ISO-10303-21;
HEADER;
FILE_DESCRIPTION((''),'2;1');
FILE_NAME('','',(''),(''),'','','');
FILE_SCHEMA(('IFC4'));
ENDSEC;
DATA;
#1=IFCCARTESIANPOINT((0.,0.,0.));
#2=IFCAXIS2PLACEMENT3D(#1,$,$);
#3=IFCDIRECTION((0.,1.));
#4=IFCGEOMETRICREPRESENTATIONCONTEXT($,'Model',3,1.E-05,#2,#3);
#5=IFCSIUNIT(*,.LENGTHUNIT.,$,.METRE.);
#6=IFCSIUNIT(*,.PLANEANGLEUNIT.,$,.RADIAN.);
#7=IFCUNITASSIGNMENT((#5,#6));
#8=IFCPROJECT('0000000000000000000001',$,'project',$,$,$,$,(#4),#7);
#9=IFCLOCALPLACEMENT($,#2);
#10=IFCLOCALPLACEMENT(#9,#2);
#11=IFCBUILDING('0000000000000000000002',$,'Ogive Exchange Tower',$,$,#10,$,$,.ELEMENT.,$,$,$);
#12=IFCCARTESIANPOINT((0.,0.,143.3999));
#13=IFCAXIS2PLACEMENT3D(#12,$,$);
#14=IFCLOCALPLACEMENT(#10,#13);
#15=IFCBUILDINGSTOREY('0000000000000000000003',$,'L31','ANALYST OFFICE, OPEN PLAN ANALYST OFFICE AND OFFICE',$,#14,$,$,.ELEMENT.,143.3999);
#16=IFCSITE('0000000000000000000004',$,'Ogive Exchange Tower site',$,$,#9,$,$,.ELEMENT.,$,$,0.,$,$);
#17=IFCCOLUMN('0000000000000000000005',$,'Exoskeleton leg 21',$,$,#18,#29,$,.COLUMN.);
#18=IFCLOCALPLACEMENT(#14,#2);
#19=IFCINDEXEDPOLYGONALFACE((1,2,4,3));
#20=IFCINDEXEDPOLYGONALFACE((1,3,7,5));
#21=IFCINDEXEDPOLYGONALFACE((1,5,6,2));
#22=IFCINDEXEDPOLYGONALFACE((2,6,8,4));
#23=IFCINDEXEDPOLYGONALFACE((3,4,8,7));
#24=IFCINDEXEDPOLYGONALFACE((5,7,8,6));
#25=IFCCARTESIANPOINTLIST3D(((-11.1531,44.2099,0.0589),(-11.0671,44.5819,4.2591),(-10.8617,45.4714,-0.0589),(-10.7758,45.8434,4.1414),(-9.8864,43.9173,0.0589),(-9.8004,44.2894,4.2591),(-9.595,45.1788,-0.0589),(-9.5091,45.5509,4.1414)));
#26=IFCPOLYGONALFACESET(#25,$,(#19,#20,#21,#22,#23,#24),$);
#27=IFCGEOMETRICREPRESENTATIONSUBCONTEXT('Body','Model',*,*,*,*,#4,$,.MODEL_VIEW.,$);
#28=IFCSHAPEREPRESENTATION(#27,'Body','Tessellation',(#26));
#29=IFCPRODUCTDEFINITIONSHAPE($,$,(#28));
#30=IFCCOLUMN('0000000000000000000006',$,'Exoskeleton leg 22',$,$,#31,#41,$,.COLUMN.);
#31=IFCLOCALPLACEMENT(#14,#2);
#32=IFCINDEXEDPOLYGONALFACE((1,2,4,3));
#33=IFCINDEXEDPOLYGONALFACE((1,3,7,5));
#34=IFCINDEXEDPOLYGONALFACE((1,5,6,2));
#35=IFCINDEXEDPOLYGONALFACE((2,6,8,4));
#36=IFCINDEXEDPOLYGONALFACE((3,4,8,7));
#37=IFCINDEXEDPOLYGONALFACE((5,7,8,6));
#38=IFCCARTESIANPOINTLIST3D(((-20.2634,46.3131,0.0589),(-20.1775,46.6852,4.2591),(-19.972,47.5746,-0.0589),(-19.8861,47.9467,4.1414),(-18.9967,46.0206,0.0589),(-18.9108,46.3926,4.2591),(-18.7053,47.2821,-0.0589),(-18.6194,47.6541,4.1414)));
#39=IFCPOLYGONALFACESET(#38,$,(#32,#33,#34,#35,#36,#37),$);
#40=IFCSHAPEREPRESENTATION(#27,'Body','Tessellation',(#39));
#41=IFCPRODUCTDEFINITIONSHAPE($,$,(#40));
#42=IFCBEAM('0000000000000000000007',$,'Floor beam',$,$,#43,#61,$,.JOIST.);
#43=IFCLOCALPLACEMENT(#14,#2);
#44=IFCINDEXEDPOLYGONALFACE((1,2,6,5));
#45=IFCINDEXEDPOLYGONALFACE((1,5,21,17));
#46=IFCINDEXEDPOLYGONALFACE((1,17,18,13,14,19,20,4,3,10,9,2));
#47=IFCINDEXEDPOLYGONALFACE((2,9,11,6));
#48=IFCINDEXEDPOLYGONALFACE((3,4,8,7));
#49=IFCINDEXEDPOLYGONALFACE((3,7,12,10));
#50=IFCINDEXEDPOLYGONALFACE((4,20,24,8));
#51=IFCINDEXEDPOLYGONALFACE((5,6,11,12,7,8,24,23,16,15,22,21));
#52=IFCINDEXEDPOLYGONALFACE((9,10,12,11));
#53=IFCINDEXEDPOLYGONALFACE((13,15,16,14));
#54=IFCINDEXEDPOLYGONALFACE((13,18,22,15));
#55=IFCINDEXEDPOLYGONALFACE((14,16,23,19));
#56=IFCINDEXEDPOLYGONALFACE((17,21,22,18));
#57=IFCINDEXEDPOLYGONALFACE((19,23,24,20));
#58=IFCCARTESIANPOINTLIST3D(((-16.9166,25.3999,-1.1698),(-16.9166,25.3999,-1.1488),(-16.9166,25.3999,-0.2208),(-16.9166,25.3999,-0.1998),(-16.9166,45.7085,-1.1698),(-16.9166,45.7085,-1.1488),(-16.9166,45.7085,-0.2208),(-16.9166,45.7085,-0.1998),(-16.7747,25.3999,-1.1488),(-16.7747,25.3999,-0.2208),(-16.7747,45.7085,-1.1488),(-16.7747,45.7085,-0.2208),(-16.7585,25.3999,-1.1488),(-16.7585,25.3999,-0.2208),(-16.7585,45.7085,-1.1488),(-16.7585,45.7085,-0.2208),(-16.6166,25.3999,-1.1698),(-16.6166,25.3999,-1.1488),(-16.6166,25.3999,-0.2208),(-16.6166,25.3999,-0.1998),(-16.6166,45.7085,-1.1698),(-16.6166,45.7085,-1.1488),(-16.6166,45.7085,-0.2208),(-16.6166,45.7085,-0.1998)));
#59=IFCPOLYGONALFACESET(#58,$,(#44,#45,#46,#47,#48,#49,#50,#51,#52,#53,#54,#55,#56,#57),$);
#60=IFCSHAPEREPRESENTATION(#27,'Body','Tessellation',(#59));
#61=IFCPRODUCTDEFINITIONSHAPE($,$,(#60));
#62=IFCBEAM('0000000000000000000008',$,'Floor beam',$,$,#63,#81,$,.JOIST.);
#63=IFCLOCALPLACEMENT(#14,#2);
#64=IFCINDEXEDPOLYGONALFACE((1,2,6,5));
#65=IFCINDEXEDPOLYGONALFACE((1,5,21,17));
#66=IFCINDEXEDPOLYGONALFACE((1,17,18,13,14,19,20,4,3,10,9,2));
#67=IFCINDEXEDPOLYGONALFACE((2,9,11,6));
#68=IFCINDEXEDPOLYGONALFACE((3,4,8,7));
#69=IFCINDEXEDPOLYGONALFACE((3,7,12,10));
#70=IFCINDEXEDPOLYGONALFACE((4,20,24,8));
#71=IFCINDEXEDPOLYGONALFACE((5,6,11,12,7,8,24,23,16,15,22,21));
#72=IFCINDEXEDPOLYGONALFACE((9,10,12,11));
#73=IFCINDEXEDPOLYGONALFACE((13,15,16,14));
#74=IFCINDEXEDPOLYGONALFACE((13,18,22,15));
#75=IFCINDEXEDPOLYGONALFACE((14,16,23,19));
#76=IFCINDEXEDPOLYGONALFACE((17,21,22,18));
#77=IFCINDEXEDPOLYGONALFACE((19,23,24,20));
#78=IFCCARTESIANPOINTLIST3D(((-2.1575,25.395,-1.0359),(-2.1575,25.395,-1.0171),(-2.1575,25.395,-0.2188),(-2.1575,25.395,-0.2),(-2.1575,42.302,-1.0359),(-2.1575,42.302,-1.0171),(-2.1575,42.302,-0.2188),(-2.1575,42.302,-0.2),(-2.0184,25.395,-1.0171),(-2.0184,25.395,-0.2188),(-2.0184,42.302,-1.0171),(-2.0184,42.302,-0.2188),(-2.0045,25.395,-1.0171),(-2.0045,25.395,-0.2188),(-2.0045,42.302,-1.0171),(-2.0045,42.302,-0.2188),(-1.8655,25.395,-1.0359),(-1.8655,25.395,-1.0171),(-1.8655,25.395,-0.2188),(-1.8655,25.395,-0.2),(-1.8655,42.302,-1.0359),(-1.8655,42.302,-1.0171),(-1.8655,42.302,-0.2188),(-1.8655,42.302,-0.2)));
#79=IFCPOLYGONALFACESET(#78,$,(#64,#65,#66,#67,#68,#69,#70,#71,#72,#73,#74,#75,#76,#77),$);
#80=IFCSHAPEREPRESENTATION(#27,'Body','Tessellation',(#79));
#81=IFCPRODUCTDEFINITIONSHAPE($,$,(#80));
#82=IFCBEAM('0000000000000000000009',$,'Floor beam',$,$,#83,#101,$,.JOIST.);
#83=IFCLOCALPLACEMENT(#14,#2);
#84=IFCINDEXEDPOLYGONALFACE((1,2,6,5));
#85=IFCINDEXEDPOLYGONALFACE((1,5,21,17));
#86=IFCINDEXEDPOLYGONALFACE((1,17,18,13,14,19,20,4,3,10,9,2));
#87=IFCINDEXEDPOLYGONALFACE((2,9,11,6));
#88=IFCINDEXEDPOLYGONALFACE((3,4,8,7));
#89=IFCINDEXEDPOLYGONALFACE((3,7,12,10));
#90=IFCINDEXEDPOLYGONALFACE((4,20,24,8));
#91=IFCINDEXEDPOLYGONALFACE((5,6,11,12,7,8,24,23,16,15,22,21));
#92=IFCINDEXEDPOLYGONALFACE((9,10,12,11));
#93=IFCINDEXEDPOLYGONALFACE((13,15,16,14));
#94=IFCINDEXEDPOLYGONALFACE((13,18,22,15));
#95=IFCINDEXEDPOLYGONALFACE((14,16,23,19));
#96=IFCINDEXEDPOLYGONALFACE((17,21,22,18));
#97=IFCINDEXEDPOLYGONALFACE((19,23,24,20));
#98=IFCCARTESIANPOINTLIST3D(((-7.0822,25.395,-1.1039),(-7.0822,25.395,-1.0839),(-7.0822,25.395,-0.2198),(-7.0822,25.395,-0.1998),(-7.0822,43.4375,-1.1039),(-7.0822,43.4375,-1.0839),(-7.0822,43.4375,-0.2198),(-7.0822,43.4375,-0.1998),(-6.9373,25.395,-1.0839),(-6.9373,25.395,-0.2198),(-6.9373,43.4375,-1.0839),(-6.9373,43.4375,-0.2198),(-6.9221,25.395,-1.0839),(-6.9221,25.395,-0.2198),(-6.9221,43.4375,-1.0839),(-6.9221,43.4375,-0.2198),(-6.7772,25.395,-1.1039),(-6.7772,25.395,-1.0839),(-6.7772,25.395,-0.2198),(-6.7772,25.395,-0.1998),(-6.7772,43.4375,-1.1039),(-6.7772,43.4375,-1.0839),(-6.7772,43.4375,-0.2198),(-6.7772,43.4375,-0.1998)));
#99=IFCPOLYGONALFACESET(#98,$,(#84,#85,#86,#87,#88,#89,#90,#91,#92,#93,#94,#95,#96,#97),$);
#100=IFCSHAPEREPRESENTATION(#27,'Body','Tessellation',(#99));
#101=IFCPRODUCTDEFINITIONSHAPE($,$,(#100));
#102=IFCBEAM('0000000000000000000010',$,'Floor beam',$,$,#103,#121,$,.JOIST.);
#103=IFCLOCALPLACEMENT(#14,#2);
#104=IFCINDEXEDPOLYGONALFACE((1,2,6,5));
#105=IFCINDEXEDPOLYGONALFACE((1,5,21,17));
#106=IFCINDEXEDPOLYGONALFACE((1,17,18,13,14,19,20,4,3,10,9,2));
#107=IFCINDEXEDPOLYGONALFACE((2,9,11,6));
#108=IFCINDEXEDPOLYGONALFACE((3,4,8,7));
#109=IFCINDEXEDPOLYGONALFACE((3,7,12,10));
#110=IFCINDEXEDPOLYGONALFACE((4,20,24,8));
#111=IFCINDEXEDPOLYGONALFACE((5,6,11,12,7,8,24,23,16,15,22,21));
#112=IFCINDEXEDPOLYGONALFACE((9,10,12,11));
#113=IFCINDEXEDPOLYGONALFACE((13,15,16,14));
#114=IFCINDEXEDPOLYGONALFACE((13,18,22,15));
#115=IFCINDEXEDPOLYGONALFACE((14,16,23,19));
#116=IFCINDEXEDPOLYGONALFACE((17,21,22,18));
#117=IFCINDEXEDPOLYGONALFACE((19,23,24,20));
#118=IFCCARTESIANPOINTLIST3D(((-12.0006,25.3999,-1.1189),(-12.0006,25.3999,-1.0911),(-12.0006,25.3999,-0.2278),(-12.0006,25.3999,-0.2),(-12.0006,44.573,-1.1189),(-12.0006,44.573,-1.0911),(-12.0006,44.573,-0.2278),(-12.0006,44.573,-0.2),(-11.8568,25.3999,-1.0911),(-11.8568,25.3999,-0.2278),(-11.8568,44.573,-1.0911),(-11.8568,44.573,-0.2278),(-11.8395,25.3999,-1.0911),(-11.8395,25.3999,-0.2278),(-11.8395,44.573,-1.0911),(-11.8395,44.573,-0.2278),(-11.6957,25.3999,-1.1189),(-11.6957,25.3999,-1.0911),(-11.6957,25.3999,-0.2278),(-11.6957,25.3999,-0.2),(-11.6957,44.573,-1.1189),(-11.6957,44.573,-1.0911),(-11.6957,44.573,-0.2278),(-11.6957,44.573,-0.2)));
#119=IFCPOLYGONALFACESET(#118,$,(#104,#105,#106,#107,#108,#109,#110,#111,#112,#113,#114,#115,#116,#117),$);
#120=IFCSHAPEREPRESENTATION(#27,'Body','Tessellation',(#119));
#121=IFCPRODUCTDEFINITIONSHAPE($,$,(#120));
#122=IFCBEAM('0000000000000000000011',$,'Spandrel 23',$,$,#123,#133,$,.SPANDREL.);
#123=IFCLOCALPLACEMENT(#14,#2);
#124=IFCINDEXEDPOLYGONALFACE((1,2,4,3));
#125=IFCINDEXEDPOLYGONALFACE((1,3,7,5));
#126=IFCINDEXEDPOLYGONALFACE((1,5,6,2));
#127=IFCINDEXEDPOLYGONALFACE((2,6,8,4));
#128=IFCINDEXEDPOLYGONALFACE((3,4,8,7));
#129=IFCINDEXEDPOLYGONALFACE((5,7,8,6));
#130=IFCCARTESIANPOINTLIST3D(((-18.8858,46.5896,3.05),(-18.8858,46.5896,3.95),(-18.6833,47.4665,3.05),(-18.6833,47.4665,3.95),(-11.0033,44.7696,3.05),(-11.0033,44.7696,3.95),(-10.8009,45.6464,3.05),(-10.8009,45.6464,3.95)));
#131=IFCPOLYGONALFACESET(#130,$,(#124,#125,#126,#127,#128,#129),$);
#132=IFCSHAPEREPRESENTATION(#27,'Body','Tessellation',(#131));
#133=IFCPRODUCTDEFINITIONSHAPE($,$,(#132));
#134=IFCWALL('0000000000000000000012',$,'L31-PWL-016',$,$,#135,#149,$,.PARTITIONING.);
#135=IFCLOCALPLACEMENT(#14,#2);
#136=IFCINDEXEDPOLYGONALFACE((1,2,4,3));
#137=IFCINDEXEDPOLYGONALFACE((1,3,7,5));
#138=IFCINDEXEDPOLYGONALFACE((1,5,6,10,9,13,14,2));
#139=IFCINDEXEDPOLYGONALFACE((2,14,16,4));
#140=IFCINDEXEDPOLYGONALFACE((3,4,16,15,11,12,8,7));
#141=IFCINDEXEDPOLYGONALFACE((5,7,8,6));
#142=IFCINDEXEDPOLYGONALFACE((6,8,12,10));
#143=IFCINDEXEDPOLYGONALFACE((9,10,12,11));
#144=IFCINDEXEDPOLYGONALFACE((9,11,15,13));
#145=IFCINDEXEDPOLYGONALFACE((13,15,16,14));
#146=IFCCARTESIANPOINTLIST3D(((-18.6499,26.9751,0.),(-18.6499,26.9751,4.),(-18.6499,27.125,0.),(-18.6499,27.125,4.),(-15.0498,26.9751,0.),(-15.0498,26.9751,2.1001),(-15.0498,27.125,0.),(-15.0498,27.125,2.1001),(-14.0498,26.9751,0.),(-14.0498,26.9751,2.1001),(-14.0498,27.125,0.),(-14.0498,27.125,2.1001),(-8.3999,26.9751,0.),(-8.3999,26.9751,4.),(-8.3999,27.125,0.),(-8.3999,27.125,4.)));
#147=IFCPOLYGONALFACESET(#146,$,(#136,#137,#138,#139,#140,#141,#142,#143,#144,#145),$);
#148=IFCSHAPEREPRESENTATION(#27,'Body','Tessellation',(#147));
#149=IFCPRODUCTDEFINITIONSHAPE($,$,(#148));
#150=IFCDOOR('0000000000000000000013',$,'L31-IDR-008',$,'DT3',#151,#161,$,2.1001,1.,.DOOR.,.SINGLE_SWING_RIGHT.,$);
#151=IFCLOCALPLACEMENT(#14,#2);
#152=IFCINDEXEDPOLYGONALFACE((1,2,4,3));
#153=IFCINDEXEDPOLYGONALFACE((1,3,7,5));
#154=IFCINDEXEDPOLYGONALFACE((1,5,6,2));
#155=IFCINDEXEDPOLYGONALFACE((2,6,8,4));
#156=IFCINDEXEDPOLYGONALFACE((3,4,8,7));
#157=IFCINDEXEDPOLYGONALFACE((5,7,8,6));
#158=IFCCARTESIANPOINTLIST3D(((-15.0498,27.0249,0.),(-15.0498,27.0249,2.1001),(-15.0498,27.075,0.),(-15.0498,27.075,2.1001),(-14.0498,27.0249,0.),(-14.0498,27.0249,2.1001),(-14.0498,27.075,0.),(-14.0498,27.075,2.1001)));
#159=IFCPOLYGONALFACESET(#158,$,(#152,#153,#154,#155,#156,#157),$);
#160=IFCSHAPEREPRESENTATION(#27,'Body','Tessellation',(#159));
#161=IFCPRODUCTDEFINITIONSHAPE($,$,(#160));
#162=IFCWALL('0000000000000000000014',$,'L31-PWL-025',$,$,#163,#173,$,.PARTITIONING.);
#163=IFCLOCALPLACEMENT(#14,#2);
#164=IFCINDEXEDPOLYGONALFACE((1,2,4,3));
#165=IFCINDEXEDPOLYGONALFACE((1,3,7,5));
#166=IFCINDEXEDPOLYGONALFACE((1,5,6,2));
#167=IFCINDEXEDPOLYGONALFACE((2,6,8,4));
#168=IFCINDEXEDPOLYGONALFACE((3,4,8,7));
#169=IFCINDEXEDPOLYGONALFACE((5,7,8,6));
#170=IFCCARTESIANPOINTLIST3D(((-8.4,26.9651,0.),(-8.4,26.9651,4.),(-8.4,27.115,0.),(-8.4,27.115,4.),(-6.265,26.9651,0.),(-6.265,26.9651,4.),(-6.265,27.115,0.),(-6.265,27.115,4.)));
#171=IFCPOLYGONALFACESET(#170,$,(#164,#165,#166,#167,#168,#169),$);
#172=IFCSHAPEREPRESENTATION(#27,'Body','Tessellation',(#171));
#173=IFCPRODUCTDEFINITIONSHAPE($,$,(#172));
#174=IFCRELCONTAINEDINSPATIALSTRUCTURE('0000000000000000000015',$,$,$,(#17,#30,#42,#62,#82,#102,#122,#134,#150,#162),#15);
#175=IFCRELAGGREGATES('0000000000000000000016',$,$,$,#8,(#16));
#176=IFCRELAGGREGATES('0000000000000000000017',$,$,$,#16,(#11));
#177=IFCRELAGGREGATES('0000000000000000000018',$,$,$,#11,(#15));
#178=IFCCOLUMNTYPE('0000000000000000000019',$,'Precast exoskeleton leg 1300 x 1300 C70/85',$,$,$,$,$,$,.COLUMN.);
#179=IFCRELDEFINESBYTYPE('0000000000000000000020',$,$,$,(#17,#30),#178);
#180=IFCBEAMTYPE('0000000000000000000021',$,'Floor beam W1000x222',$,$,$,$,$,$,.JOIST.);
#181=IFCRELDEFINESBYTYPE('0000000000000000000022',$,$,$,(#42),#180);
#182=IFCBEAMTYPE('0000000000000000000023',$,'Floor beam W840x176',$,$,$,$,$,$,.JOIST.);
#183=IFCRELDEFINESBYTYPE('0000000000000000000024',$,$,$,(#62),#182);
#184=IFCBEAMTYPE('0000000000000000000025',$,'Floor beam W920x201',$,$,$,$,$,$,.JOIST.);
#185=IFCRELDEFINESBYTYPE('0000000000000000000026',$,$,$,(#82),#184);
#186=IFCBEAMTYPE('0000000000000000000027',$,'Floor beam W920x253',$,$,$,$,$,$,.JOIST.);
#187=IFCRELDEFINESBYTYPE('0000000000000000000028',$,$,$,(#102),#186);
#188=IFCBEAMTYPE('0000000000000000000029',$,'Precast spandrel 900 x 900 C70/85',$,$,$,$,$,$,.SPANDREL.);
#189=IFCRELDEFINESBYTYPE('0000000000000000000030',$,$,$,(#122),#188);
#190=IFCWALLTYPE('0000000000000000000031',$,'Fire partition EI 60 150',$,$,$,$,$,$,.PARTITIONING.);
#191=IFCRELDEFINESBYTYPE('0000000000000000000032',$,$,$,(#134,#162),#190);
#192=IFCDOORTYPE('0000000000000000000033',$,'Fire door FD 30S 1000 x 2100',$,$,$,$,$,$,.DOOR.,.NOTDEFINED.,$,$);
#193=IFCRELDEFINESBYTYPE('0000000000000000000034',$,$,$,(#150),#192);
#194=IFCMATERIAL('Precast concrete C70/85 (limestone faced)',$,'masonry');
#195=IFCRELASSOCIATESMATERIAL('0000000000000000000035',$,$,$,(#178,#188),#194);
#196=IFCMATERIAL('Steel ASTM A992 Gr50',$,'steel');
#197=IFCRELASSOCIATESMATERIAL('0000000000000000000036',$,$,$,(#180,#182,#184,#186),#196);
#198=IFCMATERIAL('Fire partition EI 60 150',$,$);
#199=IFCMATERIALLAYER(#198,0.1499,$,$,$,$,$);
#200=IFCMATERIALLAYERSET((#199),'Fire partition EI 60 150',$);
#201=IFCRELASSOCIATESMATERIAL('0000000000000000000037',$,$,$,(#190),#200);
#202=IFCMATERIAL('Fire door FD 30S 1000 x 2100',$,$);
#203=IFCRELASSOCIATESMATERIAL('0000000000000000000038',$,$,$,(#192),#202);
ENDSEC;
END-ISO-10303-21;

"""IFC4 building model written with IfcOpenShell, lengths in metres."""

from ifc_helpers import new_model, si_unit, direction, frame, frame_2d, origin, origin_2d, place, context, subcontext, project, spatial, rectangle, i_section, extrude, material, layer, layer_set, material_profile, profile_set, type_object, element, fill, save


model = new_model("IFC4")

# Units and contexts
model_context = context("Model", 3, precision=1e-05, world=origin(), true_north=direction((0.0, 1.0)))
body_context = subcontext(model_context, "Body", "Model", "MODEL_VIEW")
ifc_project = project(units=[si_unit("LENGTHUNIT", "METRE"), si_unit("PLANEANGLEUNIT", "RADIAN")], contexts=[model_context])

# Site, building, storey
site_placement = place(None, origin())
site = spatial("IfcSite", under=ifc_project, at=site_placement, Name="Ogive Exchange Tower site", CompositionType="ELEMENT", RefElevation=0.0)
building_placement = place(site_placement, origin())
building = spatial("IfcBuilding", under=site, at=building_placement, Name="Ogive Exchange Tower", CompositionType="ELEMENT")
storey_placement = place(building_placement, frame((0.0, 0.0, 143.3999)))
storey = spatial("IfcBuildingStorey", under=building, at=storey_placement, Name="L31", Description="ANALYST OFFICE, OPEN PLAN ANALYST OFFICE AND OFFICE", CompositionType="ELEMENT", Elevation=143.3999)

# Columns
ifc_material_1 = material(Name="Precast concrete C70/85 (limestone faced)", Category="masonry")
ifc_material_profile_1 = material_profile(ifc_material_1, rectangle(XDim=1.3, YDim=1.3, at=origin_2d()), Name="1300 x 1300")
ifc_profile_set_1 = profile_set([ifc_material_profile_1], Name="Precast concrete C70/85 (limestone faced)")
column_type = type_object("IfcColumnType", Name="Precast exoskeleton leg 1300 x 1300 C70/85", PredefinedType="COLUMN", material=ifc_profile_set_1)
for number, where, z_axis, x_axis, name in (
    (1, (-10.374, 44.6943, 0.0), (0.020376, 0.08822, 0.995893), (-0.974348, 0.225046, 0.0), "Exoskeleton leg 21"),
    (2, (-19.4844, 46.7976, 0.0), (0.020376, 0.08822, 0.995893), (-0.974348, 0.225046, 0.0), "Exoskeleton leg 22"),
):
    element("IfcColumn", number, at=place(storey_placement, frame(where, z_axis=z_axis, x_axis=x_axis)), inside=storey, type_object=column_type, Name=name, PredefinedType="COLUMN", context=body_context, shape_type="SweptSolid", body=[
        extrude(rectangle(XDim=1.3, YDim=1.3, at=origin_2d()), origin(), (0.0, 0.0, 1.0), 4.2175),
    ])

# Beams
ifc_material_2 = material(Name="Steel ASTM A992 Gr50", Category="steel")
ifc_material_profile_2 = material_profile(ifc_material_2, i_section(OverallWidth=0.3, OverallDepth=0.97, WebThickness=0.0161, FlangeThickness=0.021, at=origin_2d()), Name="W1000x222")
ifc_profile_set_2 = profile_set([ifc_material_profile_2], Name="Steel ASTM A992 Gr50")
beam_type_1 = type_object("IfcBeamType", Name="Floor beam W1000x222", PredefinedType="JOIST", material=ifc_profile_set_2)
beam_1_placement = place(storey_placement, frame((-16.7666, 25.3999, -0.6848), z_axis=(0.0, 1.0, 0.0), x_axis=(-1.0, 0.0, 0.0)))
element("IfcBeam", 3, at=beam_1_placement, inside=storey, type_object=beam_type_1, Name="Floor beam", PredefinedType="JOIST", context=body_context, shape_type="SweptSolid", body=[
    extrude(i_section(OverallWidth=0.3, OverallDepth=0.97, WebThickness=0.0161, FlangeThickness=0.021, at=origin_2d()), origin(), (0.0, 0.0, 1.0), 20.3086),
])
ifc_material_profile_3 = material_profile(ifc_material_2, i_section(OverallWidth=0.292, OverallDepth=0.8359, WebThickness=0.0139, FlangeThickness=0.0188, at=origin_2d()), Name="W840x176")
ifc_profile_set_3 = profile_set([ifc_material_profile_3], Name="Steel ASTM A992 Gr50")
beam_type_2 = type_object("IfcBeamType", Name="Floor beam W840x176", PredefinedType="JOIST", material=ifc_profile_set_3)
beam_2_placement = place(storey_placement, frame((-2.0115, 25.395, -0.6179), z_axis=(0.0, 1.0, 0.0), x_axis=(-1.0, 0.0, 0.0)))
element("IfcBeam", 4, at=beam_2_placement, inside=storey, type_object=beam_type_2, Name="Floor beam", PredefinedType="JOIST", context=body_context, shape_type="SweptSolid", body=[
    extrude(i_section(OverallWidth=0.292, OverallDepth=0.8359, WebThickness=0.0139, FlangeThickness=0.0188, at=origin_2d()), origin(), (0.0, 0.0, 1.0), 16.907),
])
ifc_material_profile_4 = material_profile(ifc_material_2, i_section(OverallWidth=0.3049, OverallDepth=0.9041, WebThickness=0.0151, FlangeThickness=0.02, at=origin_2d()), Name="W920x201")
ifc_profile_set_4 = profile_set([ifc_material_profile_4], Name="Steel ASTM A992 Gr50")
beam_type_3 = type_object("IfcBeamType", Name="Floor beam W920x201", PredefinedType="JOIST", material=ifc_profile_set_4)
beam_3_placement = place(storey_placement, frame((-6.9297, 25.395, -0.6519), z_axis=(0.0, 1.0, 0.0), x_axis=(-1.0, 0.0, 0.0)))
element("IfcBeam", 5, at=beam_3_placement, inside=storey, type_object=beam_type_3, Name="Floor beam", PredefinedType="JOIST", context=body_context, shape_type="SweptSolid", body=[
    extrude(i_section(OverallWidth=0.3049, OverallDepth=0.9041, WebThickness=0.0151, FlangeThickness=0.02, at=origin_2d()), origin(), (0.0, 0.0, 1.0), 18.0425),
])
ifc_material_profile_5 = material_profile(ifc_material_2, i_section(OverallWidth=0.3049, OverallDepth=0.9189, WebThickness=0.0173, FlangeThickness=0.0278, at=origin_2d()), Name="W920x253")
ifc_profile_set_5 = profile_set([ifc_material_profile_5], Name="Steel ASTM A992 Gr50")
beam_type_4 = type_object("IfcBeamType", Name="Floor beam W920x253", PredefinedType="JOIST", material=ifc_profile_set_5)
beam_4_placement = place(storey_placement, frame((-11.8481, 25.3999, -0.6594), z_axis=(0.0, 1.0, 0.0), x_axis=(-1.0, 0.0, 0.0)))
element("IfcBeam", 6, at=beam_4_placement, inside=storey, type_object=beam_type_4, Name="Floor beam", PredefinedType="JOIST", context=body_context, shape_type="SweptSolid", body=[
    extrude(i_section(OverallWidth=0.3049, OverallDepth=0.9189, WebThickness=0.0173, FlangeThickness=0.0278, at=origin_2d()), origin(), (0.0, 0.0, 1.0), 19.1731),
])
ifc_material_profile_6 = material_profile(ifc_material_1, rectangle(XDim=0.8999, YDim=0.8999, at=origin_2d()), Name="900 x 900")
ifc_profile_set_6 = profile_set([ifc_material_profile_6], Name="Precast concrete C70/85 (limestone faced)")
beam_type_5 = type_object("IfcBeamType", Name="Precast spandrel 900 x 900 C70/85", PredefinedType="SPANDREL", material=ifc_profile_set_6)
beam_5_placement = place(storey_placement, frame((-10.9021, 45.208, 3.5), z_axis=(-0.974364, 0.224979, 0.0), x_axis=(-0.224979, -0.974364, 0.0)))
element("IfcBeam", 7, at=beam_5_placement, inside=storey, type_object=beam_type_5, Name="Spandrel 23", PredefinedType="SPANDREL", context=body_context, shape_type="SweptSolid", body=[
    extrude(rectangle(XDim=0.8999, YDim=0.8999, at=origin_2d()), origin(), (0.0, 0.0, 1.0), 8.0898),
])

# Wall, opening, door
ifc_material_3 = material(Name="Fire partition EI 60 150")
ifc_layer_1 = layer(ifc_material_3, 0.1499)
ifc_layer_set_1 = layer_set([ifc_layer_1], Name="Fire partition EI 60 150")
wall_type_1 = type_object("IfcWallType", Name="Fire partition EI 60 150", PredefinedType="PARTITIONING", material=ifc_layer_set_1)
wall_1_placement = place(storey_placement, frame((-18.6499, 27.05, 0.0), z_axis=(0.0, 0.0, 1.0), x_axis=(1.0, 0.0, 0.0)))
wall_1 = element("IfcWall", 8, at=wall_1_placement, inside=storey, type_object=wall_type_1, Name="L31-PWL-016", PredefinedType="PARTITIONING", context=body_context, shape_type="SweptSolid", body=[
    extrude(rectangle(XDim=10.25, YDim=0.1499, at=frame_2d((5.125, 0.0))), origin(), (0.0, 0.0, 1.0), 4.0),
])
opening_1_placement = place(wall_1_placement, frame((3.6001, 0.0, 0.0)))
opening_1 = element("IfcOpeningElement", 9, at=opening_1_placement, cuts=wall_1, PredefinedType="OPENING", context=body_context, shape_type="SweptSolid", body=[
    extrude(rectangle(XDim=1.0, YDim=2.1001, at=frame_2d((0.5, 1.05))), frame((0.0, 0.085, 0.0), z_axis=(0.0, -1.0, 0.0), x_axis=(1.0, 0.0, 0.0)), (0.0, 0.0, 1.0), 0.1699),
])
ifc_material_4 = material(Name="Fire door FD 30S 1000 x 2100")
door_type_1 = type_object("IfcDoorType", Name="Fire door FD 30S 1000 x 2100", OperationType="NOTDEFINED", PredefinedType="DOOR", material=ifc_material_4)
door_1_placement = place(opening_1_placement, origin())
door_1 = element("IfcDoor", 10, at=door_1_placement, inside=storey, type_object=door_type_1, Name="L31-IDR-008", ObjectType="DT3", OperationType="SINGLE_SWING_RIGHT", OverallHeight=2.1001, OverallWidth=1.0, PredefinedType="DOOR", context=body_context, shape_type="SweptSolid", body=[
    extrude(rectangle(XDim=1.0, YDim=2.1001, at=frame_2d((0.5, 1.05))), frame((0.0, 0.0249, 0.0), z_axis=(0.0, -1.0, 0.0), x_axis=(1.0, 0.0, 0.0)), (0.0, 0.0, 1.0), 0.05),
])
fill(opening_1, door_1)

# Wall
wall_2_placement = place(storey_placement, frame((-8.3999, 27.04, 0.0), z_axis=(0.0, 0.0, 1.0), x_axis=(1.0, 0.0, 0.0)))
element("IfcWall", 11, at=wall_2_placement, inside=storey, type_object=wall_type_1, Name="L31-PWL-025", PredefinedType="PARTITIONING", context=body_context, shape_type="SweptSolid", body=[
    extrude(rectangle(XDim=2.135, YDim=0.1499, at=frame_2d((1.0674, 0.0))), origin(), (0.0, 0.0, 1.0), 4.0),
])

save(model, "model.ifc")
